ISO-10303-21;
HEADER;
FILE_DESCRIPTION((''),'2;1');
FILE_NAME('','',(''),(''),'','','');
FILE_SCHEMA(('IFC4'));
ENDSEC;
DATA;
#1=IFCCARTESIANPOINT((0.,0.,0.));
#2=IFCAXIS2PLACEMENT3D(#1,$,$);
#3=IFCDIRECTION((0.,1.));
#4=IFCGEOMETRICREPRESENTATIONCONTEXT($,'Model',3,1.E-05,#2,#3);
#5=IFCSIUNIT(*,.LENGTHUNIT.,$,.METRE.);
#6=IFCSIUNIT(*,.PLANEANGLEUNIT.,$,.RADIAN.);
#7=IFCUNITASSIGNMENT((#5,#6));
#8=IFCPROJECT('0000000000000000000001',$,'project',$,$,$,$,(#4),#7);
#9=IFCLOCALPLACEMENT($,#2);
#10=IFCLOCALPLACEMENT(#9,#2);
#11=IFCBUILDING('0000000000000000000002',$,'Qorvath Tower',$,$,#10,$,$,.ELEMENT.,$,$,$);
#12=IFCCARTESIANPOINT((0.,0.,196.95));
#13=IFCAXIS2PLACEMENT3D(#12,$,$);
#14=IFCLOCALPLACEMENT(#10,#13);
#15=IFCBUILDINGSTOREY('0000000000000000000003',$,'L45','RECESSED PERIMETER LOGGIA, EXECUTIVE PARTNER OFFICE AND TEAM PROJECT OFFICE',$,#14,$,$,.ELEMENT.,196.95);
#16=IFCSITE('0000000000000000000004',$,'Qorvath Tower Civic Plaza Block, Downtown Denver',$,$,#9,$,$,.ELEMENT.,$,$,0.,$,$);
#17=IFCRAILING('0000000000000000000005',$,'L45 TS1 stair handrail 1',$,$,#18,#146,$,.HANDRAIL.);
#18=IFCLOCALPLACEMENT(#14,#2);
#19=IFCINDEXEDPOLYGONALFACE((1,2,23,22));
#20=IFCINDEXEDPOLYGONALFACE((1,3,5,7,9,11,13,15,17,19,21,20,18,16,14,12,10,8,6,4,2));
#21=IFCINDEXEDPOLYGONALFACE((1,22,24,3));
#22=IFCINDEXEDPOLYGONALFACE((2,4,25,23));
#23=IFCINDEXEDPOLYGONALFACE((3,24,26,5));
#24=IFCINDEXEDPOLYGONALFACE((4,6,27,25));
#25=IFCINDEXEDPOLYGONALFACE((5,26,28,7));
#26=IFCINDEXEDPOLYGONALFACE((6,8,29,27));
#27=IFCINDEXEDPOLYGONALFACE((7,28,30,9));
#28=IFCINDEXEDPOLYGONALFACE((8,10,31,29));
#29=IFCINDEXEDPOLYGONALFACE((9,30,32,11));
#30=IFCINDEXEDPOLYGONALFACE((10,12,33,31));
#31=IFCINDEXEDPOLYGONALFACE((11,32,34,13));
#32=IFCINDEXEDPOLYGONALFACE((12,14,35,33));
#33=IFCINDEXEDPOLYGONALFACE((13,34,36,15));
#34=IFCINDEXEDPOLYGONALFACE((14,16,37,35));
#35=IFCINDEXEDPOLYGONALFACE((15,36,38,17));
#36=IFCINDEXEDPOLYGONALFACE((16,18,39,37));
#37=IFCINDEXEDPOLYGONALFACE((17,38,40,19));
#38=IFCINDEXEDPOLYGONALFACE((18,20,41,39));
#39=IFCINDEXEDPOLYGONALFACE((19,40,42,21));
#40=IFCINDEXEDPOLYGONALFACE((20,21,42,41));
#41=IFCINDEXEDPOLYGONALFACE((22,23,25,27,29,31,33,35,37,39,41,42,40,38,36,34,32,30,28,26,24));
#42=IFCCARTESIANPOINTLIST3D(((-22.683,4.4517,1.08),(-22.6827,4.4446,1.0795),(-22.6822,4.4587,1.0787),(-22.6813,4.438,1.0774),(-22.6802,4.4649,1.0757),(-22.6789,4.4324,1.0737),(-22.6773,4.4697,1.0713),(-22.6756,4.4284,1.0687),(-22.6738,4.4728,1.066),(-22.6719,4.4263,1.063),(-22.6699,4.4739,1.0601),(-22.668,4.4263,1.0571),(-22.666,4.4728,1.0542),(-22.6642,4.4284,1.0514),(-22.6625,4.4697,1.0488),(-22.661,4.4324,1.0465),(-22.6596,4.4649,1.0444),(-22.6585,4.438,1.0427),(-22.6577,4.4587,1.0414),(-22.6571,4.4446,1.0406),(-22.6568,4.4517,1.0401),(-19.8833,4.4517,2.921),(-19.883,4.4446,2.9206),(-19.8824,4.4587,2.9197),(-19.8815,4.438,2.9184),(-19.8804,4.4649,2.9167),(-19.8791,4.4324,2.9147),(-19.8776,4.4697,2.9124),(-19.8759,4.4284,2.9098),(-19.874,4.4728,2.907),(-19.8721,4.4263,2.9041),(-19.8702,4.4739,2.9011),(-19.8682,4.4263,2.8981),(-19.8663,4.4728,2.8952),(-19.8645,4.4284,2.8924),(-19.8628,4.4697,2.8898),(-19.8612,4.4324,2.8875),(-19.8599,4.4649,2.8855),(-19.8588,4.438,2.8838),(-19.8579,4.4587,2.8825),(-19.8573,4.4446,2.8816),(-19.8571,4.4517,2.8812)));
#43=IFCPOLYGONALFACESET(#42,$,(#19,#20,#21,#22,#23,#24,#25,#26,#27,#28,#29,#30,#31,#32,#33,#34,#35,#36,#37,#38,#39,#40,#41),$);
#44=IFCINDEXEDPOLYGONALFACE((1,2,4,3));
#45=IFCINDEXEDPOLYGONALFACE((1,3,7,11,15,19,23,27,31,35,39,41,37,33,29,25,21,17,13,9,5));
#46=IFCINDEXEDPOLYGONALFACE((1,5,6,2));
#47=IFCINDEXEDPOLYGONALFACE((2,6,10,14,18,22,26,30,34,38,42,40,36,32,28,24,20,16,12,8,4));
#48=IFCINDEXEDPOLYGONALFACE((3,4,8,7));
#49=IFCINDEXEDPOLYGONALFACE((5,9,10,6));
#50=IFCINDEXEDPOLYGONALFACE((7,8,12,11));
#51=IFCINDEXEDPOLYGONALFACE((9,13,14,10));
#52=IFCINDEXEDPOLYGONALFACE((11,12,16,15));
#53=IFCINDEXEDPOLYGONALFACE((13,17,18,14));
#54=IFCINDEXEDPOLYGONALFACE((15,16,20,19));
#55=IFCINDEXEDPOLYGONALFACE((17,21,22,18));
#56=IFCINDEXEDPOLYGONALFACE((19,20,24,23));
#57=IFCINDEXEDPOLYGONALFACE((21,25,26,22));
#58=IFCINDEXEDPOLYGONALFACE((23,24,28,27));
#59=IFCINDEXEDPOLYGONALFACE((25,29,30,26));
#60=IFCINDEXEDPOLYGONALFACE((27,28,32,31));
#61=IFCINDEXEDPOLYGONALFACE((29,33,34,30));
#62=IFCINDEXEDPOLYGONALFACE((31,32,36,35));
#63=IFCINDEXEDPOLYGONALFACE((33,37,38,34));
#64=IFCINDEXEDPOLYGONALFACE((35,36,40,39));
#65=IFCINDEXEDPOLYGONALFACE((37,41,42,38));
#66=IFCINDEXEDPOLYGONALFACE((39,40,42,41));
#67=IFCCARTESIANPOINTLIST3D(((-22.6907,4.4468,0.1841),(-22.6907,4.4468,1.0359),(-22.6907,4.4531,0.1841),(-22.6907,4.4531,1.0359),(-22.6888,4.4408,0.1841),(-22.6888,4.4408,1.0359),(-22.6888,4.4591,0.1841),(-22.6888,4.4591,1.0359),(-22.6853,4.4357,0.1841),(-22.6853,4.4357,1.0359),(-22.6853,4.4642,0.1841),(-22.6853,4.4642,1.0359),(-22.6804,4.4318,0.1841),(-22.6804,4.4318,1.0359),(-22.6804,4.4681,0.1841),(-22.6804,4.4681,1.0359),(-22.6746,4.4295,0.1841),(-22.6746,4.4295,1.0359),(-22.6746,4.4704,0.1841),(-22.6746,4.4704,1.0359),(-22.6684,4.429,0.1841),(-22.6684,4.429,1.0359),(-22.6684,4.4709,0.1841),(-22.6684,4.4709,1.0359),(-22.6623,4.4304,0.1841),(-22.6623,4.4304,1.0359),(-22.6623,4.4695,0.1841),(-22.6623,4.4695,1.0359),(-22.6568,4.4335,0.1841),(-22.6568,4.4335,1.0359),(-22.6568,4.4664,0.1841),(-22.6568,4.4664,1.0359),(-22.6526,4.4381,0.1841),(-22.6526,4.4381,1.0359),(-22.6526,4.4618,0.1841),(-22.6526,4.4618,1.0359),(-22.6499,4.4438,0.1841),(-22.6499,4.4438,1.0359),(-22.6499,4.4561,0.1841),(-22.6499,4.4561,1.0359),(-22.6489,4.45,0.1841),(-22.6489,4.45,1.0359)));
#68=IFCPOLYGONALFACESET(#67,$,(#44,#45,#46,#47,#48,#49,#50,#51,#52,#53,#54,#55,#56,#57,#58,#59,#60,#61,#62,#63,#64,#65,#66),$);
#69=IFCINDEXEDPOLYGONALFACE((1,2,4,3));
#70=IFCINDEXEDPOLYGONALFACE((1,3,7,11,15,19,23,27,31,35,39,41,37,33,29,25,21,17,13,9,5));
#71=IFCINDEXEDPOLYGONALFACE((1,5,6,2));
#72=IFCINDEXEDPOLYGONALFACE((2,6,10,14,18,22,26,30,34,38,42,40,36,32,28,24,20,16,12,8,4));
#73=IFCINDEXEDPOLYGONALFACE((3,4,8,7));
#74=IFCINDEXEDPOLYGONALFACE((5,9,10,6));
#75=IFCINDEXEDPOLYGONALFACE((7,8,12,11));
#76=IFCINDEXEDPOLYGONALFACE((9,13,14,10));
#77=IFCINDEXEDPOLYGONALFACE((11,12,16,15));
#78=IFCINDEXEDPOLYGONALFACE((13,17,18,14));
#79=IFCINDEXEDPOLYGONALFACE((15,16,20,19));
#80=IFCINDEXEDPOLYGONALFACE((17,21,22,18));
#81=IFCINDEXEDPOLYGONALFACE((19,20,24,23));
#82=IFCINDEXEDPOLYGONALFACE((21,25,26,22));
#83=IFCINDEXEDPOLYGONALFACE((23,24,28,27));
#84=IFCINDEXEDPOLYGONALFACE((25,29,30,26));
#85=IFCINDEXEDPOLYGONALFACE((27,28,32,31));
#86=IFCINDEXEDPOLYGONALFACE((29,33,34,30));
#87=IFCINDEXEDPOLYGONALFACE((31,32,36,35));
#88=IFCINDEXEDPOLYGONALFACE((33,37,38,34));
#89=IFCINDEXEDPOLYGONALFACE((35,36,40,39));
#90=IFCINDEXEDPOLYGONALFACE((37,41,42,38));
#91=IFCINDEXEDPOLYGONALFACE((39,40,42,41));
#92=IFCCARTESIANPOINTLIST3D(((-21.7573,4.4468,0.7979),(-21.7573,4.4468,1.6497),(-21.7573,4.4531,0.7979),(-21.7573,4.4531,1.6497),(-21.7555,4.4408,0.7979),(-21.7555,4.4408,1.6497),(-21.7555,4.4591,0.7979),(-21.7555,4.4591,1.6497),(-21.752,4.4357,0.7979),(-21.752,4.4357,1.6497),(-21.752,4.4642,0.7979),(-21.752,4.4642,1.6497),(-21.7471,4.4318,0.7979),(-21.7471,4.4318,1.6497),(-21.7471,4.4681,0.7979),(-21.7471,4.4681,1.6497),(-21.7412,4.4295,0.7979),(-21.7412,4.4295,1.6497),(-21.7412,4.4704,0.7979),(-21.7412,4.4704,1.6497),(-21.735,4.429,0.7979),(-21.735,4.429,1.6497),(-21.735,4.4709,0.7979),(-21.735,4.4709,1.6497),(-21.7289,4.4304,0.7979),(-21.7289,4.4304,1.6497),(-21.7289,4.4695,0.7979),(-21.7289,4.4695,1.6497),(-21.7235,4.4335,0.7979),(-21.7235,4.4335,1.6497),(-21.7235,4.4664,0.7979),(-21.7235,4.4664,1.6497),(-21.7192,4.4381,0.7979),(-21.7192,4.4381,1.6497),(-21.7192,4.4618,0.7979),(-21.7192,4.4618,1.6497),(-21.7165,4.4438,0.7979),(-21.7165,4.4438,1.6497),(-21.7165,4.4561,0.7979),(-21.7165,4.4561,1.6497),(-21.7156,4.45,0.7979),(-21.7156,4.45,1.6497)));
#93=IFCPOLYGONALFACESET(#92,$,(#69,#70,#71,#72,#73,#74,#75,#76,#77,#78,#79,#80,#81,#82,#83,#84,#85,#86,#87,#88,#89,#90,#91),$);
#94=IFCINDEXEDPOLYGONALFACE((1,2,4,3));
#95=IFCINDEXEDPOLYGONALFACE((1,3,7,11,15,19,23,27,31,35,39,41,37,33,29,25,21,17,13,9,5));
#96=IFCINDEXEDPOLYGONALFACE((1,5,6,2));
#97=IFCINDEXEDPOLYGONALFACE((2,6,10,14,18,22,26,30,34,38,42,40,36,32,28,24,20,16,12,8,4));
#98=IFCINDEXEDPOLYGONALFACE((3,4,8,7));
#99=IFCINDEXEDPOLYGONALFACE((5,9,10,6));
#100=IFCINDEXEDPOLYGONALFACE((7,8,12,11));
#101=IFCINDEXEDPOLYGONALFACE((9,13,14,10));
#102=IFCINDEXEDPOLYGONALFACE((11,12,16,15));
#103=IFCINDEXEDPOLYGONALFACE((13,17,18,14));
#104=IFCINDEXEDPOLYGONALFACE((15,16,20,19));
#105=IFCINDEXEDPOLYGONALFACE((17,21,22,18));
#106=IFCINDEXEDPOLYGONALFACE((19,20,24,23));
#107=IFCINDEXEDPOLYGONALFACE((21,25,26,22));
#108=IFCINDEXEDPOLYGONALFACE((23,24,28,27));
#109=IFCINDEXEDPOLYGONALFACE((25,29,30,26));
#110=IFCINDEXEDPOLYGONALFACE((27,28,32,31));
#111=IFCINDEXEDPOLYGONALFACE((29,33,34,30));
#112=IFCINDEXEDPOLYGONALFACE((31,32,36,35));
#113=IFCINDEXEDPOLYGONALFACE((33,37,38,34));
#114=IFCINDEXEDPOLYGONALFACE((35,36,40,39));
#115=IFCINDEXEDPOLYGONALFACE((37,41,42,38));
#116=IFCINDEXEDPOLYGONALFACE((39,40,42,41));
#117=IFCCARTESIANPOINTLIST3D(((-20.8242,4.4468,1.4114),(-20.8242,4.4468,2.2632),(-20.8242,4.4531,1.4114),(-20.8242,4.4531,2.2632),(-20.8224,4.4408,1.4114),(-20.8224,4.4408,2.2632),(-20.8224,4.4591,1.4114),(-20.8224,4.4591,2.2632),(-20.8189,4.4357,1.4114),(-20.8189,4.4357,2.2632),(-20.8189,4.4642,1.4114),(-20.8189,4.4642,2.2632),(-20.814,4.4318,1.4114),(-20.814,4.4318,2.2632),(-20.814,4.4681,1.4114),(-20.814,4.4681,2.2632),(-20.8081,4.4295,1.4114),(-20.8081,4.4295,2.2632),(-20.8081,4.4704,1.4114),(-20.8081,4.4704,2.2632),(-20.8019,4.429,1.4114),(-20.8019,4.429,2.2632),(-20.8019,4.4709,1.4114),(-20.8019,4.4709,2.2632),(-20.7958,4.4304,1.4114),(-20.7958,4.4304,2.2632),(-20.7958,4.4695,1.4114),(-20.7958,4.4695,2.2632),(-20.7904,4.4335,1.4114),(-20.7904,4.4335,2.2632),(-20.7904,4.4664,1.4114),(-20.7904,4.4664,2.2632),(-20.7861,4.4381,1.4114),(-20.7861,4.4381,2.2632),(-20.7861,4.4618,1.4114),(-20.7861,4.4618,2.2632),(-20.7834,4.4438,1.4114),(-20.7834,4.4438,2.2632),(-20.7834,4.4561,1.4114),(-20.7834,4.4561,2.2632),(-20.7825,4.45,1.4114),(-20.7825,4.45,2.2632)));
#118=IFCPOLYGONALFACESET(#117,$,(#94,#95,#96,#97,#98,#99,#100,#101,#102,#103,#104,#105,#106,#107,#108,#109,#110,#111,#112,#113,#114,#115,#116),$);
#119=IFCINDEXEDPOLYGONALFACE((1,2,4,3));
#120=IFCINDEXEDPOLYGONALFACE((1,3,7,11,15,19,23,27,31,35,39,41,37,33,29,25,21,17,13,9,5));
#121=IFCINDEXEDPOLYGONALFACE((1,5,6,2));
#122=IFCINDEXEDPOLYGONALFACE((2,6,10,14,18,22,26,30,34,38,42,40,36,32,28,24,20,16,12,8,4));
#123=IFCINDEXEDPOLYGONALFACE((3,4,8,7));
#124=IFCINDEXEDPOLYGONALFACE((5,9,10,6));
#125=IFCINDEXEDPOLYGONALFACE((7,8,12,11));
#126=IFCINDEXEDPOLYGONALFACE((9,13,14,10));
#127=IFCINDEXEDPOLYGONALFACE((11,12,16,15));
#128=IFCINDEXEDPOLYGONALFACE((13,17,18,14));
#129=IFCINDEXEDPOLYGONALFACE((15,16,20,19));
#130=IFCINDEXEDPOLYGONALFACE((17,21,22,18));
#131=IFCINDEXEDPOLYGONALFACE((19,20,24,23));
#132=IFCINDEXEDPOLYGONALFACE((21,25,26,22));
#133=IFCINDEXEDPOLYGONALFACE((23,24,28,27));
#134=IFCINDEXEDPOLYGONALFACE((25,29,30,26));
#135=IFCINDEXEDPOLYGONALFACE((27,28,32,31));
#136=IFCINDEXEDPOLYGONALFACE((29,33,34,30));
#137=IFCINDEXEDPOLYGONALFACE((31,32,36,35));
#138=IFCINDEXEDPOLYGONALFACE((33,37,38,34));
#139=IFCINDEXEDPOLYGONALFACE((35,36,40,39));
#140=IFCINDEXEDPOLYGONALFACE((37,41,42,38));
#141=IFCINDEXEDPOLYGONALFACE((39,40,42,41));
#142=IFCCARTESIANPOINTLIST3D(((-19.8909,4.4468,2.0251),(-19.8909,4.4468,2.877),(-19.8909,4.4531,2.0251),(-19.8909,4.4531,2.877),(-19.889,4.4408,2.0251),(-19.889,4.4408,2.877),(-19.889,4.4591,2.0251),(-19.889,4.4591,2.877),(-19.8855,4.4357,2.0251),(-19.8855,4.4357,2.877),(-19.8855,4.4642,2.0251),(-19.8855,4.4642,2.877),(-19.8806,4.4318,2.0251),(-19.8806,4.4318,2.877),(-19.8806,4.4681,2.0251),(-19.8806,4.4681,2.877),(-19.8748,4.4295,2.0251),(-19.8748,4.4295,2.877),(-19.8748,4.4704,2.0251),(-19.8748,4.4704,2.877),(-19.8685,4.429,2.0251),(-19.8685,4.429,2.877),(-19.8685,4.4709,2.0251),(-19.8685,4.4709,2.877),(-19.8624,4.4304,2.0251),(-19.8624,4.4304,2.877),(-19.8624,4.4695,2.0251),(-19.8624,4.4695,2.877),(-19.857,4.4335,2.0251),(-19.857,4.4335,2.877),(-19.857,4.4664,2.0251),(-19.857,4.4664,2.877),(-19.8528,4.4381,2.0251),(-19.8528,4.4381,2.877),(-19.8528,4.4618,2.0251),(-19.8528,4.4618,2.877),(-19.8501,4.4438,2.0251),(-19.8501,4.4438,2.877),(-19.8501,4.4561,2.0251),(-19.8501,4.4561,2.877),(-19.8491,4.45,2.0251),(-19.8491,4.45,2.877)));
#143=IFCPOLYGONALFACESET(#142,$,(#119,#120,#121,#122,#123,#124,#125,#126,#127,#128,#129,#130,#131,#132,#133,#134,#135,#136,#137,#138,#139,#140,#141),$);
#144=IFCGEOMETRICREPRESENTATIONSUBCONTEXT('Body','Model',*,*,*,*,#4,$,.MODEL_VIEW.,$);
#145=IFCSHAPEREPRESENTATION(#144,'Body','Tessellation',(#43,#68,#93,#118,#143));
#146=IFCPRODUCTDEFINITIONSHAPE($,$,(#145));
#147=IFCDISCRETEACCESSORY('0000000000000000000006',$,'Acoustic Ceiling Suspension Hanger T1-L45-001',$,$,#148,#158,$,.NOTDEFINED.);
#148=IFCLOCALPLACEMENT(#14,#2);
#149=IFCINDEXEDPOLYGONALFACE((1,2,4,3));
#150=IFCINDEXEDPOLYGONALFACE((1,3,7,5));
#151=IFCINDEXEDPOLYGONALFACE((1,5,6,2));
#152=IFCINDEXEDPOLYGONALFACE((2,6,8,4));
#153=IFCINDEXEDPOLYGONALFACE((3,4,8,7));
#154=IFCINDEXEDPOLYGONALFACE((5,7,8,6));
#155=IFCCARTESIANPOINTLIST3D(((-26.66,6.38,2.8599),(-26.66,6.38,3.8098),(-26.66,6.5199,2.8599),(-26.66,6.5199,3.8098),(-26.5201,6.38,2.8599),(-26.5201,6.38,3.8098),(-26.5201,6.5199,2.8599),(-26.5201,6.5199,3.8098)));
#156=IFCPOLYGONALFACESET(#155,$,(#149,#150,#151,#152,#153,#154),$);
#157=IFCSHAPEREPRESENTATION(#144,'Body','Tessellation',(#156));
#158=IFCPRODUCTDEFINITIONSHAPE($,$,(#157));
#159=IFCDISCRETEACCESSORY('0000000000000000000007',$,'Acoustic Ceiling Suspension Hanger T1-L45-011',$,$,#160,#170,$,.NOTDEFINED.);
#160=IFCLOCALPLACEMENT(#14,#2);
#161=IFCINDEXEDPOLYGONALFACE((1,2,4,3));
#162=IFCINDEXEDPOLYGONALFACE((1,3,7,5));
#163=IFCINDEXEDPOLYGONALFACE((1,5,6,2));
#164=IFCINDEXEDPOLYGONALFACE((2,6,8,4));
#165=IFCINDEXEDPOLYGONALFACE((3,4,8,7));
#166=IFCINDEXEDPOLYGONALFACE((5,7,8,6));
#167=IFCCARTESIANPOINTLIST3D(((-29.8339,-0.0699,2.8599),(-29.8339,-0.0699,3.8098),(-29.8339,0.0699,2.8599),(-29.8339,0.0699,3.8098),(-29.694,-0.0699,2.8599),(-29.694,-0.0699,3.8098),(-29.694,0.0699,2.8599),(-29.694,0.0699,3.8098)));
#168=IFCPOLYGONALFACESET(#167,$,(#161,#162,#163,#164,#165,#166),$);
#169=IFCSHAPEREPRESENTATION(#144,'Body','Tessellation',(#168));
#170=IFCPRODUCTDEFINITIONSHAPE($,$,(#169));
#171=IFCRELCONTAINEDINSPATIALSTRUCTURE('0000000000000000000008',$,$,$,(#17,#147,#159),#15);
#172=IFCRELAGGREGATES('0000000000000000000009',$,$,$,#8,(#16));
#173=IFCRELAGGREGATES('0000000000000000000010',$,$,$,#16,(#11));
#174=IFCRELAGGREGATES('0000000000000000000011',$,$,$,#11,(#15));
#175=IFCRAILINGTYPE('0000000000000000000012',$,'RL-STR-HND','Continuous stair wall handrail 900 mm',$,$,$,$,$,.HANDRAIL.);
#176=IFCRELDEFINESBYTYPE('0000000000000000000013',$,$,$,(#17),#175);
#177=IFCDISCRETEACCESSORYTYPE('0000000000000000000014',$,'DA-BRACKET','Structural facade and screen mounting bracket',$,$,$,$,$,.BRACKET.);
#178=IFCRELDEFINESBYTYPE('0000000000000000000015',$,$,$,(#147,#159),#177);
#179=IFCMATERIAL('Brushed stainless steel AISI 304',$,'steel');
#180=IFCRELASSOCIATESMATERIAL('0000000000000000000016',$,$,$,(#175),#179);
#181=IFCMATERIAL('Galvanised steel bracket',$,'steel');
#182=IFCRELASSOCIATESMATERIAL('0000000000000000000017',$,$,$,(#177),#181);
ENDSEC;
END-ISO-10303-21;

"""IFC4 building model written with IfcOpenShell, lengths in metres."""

from ifc_helpers import new_model, si_unit, direction, frame, origin, origin_2d, place, context, subcontext, project, spatial, rectangle, circle, extrude, material, type_object, element, save


model = new_model("IFC4")

# Units and contexts
model_context = context("Model", 3, precision=1e-05, world=origin(), true_north=direction((0.0, 1.0)))
body_context = subcontext(model_context, "Body", "Model", "MODEL_VIEW")
ifc_project = project(units=[si_unit("LENGTHUNIT", "METRE"), si_unit("PLANEANGLEUNIT", "RADIAN")], contexts=[model_context])

# Site, building, storey
site_placement = place(None, origin())
site = spatial("IfcSite", under=ifc_project, at=site_placement, Name="Qorvath Tower Civic Plaza Block, Downtown Denver", CompositionType="ELEMENT", RefElevation=0.0)
building_placement = place(site_placement, origin())
building = spatial("IfcBuilding", under=site, at=building_placement, Name="Qorvath Tower", CompositionType="ELEMENT")
storey_placement = place(building_placement, frame((0.0, 0.0, 196.95)))
storey = spatial("IfcBuildingStorey", under=building, at=storey_placement, Name="L45", Description="RECESSED PERIMETER LOGGIA, EXECUTIVE PARTNER OFFICE AND TEAM PROJECT OFFICE", CompositionType="ELEMENT", Elevation=196.95)

# Railing
ifc_material_1 = material(Name="Brushed stainless steel AISI 304", Category="steel")
railing_type_1 = type_object("IfcRailingType", Name="RL-STR-HND", Description="Continuous stair wall handrail 900 mm", PredefinedType="HANDRAIL", material=ifc_material_1)
railing_1_placement = place(storey_placement, frame((-22.6699, 4.45, 0.1841)))
element("IfcRailing", 1, at=railing_1_placement, inside=storey, type_object=railing_type_1, Name="L45 TS1 stair handrail 1", PredefinedType="HANDRAIL", context=body_context, shape_type="SweptSolid", body=[
    extrude(circle(Radius=0.0239, at=origin_2d()), frame((0.0, 0.0, 0.876), z_axis=(0.835542, 0.0, 0.549426), x_axis=(0.0, 1.0, 0.0)), (0.0, 0.0, 1.0), 3.3508),
    extrude(circle(Radius=0.021, at=origin_2d()), origin(), (0.0, 0.0, 1.0), 0.8518),
    extrude(circle(Radius=0.021, at=origin_2d()), frame((0.9333, 0.0, 0.6138)), (0.0, 0.0, 1.0), 0.8518),
    extrude(circle(Radius=0.021, at=origin_2d()), frame((1.8665, 0.0, 1.2273)), (0.0, 0.0, 1.0), 0.8518),
    extrude(circle(Radius=0.021, at=origin_2d()), frame((2.7998, 0.0, 1.8411)), (0.0, 0.0, 1.0), 0.8518),
])

# Discrete accessories
ifc_material_2 = material(Name="Galvanised steel bracket", Category="steel")
discrete_accessory_type = type_object("IfcDiscreteAccessoryType", Name="DA-BRACKET", Description="Structural facade and screen mounting bracket", PredefinedType="BRACKET", material=ifc_material_2)
for number, where, z_axis, x_axis, name in (
    (2, (-26.5901, 6.45, 2.8599), (0.0, 0.0, 1.0), (1.0, 0.0, 0.0), "Acoustic Ceiling Suspension Hanger T1-L45-001"),
    (3, (-29.7639, 0.0, 2.8599), (0.0, 0.0, 1.0), (1.0, 0.0, 0.0), "Acoustic Ceiling Suspension Hanger T1-L45-011"),
):
    element("IfcDiscreteAccessory", number, at=place(storey_placement, frame(where, z_axis=z_axis, x_axis=x_axis)), inside=storey, type_object=discrete_accessory_type, Name=name, PredefinedType="NOTDEFINED", context=body_context, shape_type="SweptSolid", body=[
        extrude(rectangle(XDim=0.1399, YDim=0.1399, at=origin_2d()), origin(), (0.0, 0.0, 1.0), 0.95),
    ])

save(model, "model.ifc")
